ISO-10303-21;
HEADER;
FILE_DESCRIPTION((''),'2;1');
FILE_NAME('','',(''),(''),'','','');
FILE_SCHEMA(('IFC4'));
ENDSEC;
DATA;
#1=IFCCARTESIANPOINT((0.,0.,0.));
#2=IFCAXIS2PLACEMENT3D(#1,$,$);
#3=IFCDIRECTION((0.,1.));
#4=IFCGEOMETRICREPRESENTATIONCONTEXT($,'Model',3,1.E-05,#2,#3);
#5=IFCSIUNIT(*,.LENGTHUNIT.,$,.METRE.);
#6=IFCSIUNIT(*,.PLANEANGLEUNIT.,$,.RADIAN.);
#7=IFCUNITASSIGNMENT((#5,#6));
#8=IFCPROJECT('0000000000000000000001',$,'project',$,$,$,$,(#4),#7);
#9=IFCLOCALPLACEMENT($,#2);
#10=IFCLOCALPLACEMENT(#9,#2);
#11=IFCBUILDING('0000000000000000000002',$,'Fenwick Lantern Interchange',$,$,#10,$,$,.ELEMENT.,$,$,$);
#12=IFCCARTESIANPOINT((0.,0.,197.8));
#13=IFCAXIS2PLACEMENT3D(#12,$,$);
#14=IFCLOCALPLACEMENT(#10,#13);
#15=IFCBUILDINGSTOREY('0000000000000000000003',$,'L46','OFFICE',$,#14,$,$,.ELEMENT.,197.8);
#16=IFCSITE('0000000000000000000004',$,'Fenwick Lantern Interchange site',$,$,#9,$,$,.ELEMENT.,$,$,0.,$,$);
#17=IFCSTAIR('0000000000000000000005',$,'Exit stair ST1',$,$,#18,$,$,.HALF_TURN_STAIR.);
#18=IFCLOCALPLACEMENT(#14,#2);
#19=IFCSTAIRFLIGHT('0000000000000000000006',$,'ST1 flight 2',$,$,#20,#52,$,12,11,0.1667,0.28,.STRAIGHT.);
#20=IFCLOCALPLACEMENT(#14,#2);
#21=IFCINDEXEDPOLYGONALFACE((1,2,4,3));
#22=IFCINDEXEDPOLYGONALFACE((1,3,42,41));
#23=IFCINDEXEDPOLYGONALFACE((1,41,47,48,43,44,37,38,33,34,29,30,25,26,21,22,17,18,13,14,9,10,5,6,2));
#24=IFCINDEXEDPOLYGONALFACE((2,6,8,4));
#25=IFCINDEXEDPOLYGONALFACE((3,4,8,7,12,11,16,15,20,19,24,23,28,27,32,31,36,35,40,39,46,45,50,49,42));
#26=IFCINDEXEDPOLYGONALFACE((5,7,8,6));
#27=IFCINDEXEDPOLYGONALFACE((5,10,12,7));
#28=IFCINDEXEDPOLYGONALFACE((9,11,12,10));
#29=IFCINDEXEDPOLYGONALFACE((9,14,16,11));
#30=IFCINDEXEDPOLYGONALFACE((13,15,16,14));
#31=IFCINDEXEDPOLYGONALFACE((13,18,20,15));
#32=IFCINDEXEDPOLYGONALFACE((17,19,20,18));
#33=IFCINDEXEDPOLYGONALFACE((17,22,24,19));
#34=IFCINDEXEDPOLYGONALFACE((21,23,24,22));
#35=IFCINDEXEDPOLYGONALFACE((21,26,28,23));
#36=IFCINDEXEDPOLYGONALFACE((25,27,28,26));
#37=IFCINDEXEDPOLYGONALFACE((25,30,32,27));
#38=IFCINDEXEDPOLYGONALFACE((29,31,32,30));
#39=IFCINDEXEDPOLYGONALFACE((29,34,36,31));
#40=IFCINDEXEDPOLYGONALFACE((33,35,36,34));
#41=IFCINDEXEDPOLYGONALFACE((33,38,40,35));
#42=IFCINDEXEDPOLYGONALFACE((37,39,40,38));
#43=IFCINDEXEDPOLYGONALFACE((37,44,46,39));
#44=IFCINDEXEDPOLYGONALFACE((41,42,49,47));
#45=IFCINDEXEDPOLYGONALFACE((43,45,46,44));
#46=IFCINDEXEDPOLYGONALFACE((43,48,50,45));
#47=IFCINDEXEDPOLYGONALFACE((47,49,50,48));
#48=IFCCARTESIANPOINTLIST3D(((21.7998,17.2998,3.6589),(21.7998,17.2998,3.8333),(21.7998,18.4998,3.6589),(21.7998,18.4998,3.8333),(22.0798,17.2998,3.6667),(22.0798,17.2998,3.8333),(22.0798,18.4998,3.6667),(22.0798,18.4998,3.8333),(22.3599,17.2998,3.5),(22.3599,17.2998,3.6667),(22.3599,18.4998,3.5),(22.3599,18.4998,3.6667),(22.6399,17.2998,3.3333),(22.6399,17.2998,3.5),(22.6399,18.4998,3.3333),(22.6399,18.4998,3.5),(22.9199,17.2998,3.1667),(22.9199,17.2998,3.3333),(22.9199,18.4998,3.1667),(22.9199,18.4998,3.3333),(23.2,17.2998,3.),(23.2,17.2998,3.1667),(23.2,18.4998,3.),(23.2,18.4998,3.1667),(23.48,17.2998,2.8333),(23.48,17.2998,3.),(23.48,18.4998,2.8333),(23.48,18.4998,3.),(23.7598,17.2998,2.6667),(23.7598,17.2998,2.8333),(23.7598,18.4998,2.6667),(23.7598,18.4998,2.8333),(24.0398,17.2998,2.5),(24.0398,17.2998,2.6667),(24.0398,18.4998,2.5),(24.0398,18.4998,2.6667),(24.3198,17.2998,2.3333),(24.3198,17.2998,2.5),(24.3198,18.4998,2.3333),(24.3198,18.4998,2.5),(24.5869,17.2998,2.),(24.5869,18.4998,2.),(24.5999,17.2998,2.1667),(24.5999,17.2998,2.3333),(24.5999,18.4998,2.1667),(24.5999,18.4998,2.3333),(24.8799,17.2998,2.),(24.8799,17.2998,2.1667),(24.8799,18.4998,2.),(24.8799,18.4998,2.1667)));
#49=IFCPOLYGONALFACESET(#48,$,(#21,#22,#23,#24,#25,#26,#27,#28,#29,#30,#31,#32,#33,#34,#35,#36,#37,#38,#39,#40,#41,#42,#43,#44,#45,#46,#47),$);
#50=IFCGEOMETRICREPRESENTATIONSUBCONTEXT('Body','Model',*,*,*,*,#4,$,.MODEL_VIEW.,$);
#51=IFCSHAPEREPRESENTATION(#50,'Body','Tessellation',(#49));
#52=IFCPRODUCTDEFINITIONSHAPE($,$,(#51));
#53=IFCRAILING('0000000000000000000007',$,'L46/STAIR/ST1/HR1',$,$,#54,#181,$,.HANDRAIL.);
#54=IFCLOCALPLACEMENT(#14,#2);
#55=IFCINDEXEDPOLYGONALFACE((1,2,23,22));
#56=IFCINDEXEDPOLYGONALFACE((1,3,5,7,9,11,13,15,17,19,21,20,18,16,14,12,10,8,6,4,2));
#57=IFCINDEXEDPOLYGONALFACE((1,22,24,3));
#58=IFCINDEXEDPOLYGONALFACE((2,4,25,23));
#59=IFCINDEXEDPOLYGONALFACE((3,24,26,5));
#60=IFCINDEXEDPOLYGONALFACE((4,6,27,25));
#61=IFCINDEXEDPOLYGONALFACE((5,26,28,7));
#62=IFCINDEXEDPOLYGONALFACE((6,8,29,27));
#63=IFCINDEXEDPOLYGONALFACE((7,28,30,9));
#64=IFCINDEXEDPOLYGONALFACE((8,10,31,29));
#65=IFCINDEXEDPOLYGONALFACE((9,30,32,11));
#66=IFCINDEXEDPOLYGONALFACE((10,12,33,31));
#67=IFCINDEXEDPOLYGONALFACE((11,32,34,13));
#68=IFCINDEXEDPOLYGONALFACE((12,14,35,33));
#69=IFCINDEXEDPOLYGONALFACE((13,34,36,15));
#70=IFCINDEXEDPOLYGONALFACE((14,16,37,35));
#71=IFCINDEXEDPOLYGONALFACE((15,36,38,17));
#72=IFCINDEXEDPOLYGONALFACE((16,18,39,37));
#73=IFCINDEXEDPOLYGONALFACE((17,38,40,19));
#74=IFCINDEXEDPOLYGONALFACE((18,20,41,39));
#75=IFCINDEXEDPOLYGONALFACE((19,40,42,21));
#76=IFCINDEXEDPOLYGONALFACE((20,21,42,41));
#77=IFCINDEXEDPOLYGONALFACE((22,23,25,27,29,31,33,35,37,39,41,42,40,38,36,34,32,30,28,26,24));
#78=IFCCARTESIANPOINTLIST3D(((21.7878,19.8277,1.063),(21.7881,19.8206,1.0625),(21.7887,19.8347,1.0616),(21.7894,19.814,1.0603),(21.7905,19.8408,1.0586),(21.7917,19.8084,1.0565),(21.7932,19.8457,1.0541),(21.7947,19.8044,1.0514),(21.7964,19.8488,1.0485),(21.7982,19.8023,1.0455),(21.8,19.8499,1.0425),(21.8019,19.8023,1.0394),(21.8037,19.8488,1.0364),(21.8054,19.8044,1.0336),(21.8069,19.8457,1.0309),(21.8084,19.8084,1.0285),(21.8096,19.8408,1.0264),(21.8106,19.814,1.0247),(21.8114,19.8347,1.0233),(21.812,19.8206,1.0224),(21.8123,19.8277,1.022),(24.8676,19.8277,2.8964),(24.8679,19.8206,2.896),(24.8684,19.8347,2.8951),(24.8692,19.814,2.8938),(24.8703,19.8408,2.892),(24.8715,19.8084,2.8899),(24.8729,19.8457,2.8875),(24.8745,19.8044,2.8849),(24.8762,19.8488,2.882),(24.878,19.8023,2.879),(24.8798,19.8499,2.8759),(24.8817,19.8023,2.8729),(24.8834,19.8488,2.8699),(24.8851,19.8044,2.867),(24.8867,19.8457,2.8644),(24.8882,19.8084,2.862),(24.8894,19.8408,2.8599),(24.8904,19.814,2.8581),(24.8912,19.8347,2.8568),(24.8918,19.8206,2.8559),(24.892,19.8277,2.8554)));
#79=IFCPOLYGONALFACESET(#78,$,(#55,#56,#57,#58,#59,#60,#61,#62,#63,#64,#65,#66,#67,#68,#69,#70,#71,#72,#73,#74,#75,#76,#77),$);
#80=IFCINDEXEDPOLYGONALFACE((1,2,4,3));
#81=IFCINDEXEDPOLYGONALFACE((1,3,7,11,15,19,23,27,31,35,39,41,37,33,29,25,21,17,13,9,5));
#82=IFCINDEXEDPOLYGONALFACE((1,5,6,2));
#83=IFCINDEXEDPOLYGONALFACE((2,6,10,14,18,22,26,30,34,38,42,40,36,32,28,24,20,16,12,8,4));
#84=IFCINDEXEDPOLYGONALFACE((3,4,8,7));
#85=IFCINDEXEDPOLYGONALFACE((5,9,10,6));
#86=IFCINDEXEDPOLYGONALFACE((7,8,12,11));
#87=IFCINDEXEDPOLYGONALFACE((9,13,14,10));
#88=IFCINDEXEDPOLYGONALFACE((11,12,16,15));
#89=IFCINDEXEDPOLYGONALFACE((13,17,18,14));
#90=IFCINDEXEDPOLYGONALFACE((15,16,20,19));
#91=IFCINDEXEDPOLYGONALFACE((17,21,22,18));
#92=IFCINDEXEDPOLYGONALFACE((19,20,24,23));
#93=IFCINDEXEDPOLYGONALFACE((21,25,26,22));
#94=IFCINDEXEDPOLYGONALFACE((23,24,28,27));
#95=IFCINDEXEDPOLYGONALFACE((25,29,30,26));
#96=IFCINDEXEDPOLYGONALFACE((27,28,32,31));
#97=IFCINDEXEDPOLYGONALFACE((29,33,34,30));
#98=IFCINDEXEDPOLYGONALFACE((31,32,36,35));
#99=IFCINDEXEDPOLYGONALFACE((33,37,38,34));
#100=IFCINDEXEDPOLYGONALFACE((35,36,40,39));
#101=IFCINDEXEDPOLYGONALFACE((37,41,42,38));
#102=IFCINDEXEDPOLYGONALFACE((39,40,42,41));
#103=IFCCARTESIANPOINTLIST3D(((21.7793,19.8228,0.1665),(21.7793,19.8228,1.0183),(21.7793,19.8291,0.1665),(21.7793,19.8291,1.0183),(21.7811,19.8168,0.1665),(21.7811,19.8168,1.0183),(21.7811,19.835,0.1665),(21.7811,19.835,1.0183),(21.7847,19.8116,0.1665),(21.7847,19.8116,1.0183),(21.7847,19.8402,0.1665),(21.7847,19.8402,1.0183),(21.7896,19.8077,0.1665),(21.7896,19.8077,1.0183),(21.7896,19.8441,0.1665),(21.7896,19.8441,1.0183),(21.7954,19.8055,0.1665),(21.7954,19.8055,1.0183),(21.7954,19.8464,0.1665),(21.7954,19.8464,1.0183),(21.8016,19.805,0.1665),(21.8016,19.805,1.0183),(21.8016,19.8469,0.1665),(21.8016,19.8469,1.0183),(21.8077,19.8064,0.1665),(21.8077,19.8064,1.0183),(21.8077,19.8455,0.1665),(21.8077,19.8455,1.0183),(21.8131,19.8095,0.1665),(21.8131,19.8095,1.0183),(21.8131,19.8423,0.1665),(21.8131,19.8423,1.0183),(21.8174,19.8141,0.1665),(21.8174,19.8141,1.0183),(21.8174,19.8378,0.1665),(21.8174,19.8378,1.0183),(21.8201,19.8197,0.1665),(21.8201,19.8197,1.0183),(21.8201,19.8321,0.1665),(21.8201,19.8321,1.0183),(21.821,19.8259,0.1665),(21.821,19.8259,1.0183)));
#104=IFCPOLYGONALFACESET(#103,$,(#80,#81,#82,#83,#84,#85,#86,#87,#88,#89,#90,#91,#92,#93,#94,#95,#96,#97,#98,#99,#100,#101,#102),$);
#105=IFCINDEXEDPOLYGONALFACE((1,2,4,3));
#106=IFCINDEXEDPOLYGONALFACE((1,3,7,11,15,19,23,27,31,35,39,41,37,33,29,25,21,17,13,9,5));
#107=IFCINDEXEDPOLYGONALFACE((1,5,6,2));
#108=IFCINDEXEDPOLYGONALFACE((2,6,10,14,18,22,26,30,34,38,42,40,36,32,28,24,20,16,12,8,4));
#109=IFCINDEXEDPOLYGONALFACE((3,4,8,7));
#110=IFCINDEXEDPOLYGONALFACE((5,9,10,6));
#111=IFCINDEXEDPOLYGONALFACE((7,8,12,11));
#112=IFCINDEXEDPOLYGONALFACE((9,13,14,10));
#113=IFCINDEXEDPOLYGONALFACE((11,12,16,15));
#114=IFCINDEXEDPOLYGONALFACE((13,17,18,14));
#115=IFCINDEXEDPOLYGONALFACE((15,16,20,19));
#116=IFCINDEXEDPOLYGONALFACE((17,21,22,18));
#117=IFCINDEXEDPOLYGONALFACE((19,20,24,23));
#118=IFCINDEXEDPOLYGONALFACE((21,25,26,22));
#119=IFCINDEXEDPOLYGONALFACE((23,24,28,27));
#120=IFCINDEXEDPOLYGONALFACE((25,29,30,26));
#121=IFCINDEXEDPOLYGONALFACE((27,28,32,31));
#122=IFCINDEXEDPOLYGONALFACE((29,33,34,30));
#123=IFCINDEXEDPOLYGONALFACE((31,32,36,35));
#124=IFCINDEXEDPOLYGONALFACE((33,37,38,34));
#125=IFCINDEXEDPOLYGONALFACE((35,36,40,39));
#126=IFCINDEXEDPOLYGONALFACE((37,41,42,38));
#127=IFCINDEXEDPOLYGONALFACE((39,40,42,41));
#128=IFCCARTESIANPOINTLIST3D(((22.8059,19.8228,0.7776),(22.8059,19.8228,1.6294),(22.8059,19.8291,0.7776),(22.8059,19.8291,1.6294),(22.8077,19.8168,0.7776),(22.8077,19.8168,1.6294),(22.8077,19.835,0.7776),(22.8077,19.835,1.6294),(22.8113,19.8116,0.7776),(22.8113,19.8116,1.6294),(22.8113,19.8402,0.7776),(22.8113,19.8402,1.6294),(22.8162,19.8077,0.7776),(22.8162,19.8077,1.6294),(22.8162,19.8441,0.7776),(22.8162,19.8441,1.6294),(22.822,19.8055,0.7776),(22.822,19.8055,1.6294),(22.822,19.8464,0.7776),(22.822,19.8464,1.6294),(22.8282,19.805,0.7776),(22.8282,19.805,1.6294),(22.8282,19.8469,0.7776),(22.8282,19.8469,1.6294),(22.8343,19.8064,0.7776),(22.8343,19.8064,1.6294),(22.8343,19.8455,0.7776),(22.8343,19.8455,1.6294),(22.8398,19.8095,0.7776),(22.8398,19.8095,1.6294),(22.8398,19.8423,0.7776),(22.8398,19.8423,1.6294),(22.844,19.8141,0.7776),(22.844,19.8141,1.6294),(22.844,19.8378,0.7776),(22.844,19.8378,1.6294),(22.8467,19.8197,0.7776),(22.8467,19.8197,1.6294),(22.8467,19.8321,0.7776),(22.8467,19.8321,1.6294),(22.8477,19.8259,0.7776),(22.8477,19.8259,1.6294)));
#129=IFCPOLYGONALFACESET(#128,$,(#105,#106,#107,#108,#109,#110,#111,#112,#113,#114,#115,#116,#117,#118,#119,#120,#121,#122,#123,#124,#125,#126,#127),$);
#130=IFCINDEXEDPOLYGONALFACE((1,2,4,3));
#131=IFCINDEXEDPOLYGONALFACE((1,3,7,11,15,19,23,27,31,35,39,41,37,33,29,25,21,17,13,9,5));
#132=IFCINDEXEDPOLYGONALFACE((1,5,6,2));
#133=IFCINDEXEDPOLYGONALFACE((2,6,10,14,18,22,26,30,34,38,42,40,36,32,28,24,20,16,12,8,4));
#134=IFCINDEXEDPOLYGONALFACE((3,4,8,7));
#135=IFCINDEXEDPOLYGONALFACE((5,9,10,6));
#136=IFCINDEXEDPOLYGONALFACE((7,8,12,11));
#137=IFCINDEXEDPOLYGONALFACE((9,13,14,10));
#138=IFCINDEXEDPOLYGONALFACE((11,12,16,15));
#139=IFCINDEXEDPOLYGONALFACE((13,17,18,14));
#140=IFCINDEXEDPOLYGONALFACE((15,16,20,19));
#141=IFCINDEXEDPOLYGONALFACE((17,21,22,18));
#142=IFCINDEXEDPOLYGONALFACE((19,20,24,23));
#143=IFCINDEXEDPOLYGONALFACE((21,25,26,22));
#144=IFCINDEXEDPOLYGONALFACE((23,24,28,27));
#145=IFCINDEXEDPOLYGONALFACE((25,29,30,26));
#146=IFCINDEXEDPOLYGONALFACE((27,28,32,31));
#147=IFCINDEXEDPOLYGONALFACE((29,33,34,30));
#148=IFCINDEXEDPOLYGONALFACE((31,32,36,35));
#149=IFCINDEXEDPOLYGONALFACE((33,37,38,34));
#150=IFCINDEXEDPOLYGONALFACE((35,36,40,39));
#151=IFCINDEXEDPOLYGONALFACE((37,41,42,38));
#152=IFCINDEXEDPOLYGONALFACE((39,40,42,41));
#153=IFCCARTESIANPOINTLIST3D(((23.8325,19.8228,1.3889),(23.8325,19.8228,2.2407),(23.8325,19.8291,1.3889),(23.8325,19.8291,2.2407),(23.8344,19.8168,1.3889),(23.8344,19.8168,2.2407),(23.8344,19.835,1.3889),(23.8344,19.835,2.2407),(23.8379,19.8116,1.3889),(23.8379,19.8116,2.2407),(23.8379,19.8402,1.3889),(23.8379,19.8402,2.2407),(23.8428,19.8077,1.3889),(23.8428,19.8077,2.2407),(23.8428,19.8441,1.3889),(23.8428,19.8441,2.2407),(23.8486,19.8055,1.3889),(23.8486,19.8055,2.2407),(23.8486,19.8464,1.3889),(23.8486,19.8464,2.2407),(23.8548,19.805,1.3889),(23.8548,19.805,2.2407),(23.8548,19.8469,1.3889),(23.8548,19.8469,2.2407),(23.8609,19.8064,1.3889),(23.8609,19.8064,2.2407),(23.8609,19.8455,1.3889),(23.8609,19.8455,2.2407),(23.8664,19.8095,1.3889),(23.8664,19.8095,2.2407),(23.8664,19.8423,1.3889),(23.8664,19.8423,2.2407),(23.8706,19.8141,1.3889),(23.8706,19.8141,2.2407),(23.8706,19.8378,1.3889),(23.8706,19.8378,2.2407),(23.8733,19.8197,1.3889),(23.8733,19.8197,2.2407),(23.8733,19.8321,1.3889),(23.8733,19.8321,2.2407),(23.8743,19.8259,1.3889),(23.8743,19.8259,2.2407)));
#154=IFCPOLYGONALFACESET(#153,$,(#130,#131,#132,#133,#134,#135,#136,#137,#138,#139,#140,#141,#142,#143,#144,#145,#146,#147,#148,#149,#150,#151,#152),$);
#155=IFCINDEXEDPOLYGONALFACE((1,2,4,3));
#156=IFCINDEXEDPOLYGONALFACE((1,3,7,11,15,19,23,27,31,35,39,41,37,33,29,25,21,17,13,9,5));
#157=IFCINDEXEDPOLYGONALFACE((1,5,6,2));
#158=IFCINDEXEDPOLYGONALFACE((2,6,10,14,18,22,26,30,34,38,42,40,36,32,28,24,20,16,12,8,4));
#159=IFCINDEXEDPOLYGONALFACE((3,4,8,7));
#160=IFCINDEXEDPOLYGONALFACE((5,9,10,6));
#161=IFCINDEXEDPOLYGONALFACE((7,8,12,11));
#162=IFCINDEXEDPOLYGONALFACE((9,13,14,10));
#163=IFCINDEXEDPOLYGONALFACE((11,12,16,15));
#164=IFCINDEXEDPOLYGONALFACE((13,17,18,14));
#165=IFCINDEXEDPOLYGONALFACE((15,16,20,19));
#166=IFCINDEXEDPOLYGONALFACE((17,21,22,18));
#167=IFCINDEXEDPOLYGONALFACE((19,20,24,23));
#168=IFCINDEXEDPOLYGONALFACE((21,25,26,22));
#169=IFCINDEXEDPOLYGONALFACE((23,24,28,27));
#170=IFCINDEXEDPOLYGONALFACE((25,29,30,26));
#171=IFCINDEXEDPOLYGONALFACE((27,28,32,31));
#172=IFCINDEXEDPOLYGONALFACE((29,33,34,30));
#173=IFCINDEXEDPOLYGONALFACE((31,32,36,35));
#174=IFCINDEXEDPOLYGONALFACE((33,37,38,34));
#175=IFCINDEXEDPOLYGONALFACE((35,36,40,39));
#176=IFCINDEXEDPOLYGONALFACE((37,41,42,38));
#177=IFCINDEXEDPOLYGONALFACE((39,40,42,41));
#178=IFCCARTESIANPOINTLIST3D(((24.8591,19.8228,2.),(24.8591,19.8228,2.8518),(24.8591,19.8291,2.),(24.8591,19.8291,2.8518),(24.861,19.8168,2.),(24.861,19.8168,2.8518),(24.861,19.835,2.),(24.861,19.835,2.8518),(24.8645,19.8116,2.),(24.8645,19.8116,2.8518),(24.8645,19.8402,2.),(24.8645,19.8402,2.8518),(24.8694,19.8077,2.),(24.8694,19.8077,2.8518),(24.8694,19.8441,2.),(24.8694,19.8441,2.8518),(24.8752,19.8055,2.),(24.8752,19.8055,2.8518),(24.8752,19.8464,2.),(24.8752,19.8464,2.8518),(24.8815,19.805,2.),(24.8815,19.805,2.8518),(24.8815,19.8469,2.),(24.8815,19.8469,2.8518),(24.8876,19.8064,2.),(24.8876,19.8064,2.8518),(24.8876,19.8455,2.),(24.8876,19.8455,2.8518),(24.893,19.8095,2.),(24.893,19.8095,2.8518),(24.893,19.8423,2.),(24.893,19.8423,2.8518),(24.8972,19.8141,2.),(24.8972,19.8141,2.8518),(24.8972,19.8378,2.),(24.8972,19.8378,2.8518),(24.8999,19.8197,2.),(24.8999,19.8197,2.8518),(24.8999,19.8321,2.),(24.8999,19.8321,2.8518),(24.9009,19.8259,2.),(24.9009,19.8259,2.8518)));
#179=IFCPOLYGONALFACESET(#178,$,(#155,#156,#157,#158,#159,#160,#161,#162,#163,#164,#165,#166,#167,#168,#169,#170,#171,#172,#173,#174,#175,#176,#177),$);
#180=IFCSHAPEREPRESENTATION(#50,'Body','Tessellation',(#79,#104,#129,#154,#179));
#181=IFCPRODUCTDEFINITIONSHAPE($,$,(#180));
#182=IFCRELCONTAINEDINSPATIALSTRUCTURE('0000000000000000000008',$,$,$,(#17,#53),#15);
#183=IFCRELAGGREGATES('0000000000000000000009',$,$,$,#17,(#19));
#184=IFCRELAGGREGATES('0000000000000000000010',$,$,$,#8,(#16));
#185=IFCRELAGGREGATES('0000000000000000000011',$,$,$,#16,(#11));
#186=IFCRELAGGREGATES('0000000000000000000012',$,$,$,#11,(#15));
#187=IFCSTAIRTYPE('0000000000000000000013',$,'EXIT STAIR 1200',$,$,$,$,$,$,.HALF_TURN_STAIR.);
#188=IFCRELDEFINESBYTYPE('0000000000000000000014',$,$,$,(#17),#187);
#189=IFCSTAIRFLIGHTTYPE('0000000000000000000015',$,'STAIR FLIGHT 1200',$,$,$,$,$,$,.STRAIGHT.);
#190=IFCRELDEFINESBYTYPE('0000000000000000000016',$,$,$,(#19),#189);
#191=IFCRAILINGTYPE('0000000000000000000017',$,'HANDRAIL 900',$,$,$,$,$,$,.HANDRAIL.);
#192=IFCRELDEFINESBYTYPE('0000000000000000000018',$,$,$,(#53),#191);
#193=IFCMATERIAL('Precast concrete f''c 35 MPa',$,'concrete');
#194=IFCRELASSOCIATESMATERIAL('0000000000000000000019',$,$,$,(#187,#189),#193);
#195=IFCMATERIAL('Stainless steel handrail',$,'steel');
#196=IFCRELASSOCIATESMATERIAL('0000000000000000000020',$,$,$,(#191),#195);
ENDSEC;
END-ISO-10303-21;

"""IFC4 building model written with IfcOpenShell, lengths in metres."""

from ifc_helpers import new_model, si_unit, direction, frame, origin, origin_2d, place, context, subcontext, project, spatial, polyline, circle, outline, extrude, material, type_object, element, aggregate, save


model = new_model("IFC4")

# Units and contexts
model_context = context("Model", 3, precision=1e-05, world=origin(), true_north=direction((0.0, 1.0)))
body_context = subcontext(model_context, "Body", "Model", "MODEL_VIEW")
ifc_project = project(units=[si_unit("LENGTHUNIT", "METRE"), si_unit("PLANEANGLEUNIT", "RADIAN")], contexts=[model_context])

# Site, building, storey
site_placement = place(None, origin())
site = spatial("IfcSite", under=ifc_project, at=site_placement, Name="Fenwick Lantern Interchange site", CompositionType="ELEMENT", RefElevation=0.0)
building_placement = place(site_placement, origin())
building = spatial("IfcBuilding", under=site, at=building_placement, Name="Fenwick Lantern Interchange", CompositionType="ELEMENT")
storey_placement = place(building_placement, frame((0.0, 0.0, 197.8)))
storey = spatial("IfcBuildingStorey", under=building, at=storey_placement, Name="L46", Description="OFFICE", CompositionType="ELEMENT", Elevation=197.8)

# Stair, stair flight
ifc_material_1 = material(Name="Precast concrete f'c 35 MPa", Category="concrete")
stair_type = type_object("IfcStairType", Name="EXIT STAIR 1200", PredefinedType="HALF_TURN_STAIR", material=ifc_material_1)
stair_placement = place(storey_placement, origin())
stair = element("IfcStair", 1, at=stair_placement, inside=storey, type_object=stair_type, Name="Exit stair ST1", PredefinedType="HALF_TURN_STAIR")
stair_flight_type = type_object("IfcStairFlightType", Name="STAIR FLIGHT 1200", PredefinedType="STRAIGHT", material=ifc_material_1)
stair_flight_1_placement = place(storey_placement, frame((24.8799, 17.8999, 2.0), z_axis=(0.0, 0.0, 1.0), x_axis=(-1.0, 0.0, 0.0)))
stair_flight_1 = element("IfcStairFlight", 2, at=stair_flight_1_placement, type_object=stair_flight_type, Name="ST1 flight 2", NumberOfRisers=12, NumberOfTreads=11, PredefinedType="STRAIGHT", RiserHeight=0.1667, TreadLength=0.28, context=body_context, shape_type="SweptSolid", body=[
    extrude(outline(polyline([(0.0, 0.0), (0.0, 0.1667), (0.28, 0.1667), (0.28, 0.3333), (0.5601, 0.3333), (0.5601, 0.5), (0.8401, 0.5), (0.8401, 0.6667), (1.1201, 0.6667), (1.1201, 0.8333), (1.3999, 0.8333), (1.3999, 1.0), (1.6799, 1.0), (1.6799, 1.1667), (1.96, 1.1667), (1.96, 1.3333), (2.24, 1.3333), (2.24, 1.5), (2.52, 1.5), (2.52, 1.6667), (2.8, 1.6667), (2.8, 1.8333), (3.0801, 1.8333), (3.0801, 2.0), (3.0801, 1.6589), (0.293, 0.0), (0.0, 0.0)])), frame((0.0, 0.6001, 0.0), z_axis=(0.0, -1.0, 0.0), x_axis=(1.0, 0.0, 0.0)), (0.0, 0.0, 1.0), 1.2),
])
aggregate(stair, [stair_flight_1])

# Railing
ifc_material_2 = material(Name="Stainless steel handrail", Category="steel")
railing_type = type_object("IfcRailingType", Name="HANDRAIL 900", PredefinedType="HANDRAIL", material=ifc_material_2)
railing_1_placement = place(storey_placement, frame((21.8, 19.8259, 0.1665)))
element("IfcRailing", 3, at=railing_1_placement, inside=storey, type_object=railing_type, Name="L46/STAIR/ST1/HR1", PredefinedType="HANDRAIL", context=body_context, shape_type="SweptSolid", body=[
    extrude(circle(Radius=0.0239, at=origin_2d()), frame((0.0, 0.0, 0.876), z_axis=(0.859261, 0.0, 0.511538), x_axis=(0.0, 1.0, 0.0)), (0.0, 0.0, 1.0), 3.5842),
    extrude(circle(Radius=0.021, at=origin_2d()), origin(), (0.0, 0.0, 1.0), 0.8518),
    extrude(circle(Radius=0.021, at=origin_2d()), frame((1.0266, 0.0, 0.6111)), (0.0, 0.0, 1.0), 0.8518),
    extrude(circle(Radius=0.021, at=origin_2d()), frame((2.0532, 0.0, 1.2224)), (0.0, 0.0, 1.0), 0.8518),
    extrude(circle(Radius=0.021, at=origin_2d()), frame((3.0798, 0.0, 1.8335)), (0.0, 0.0, 1.0), 0.8518),
])

save(model, "model.ifc")
